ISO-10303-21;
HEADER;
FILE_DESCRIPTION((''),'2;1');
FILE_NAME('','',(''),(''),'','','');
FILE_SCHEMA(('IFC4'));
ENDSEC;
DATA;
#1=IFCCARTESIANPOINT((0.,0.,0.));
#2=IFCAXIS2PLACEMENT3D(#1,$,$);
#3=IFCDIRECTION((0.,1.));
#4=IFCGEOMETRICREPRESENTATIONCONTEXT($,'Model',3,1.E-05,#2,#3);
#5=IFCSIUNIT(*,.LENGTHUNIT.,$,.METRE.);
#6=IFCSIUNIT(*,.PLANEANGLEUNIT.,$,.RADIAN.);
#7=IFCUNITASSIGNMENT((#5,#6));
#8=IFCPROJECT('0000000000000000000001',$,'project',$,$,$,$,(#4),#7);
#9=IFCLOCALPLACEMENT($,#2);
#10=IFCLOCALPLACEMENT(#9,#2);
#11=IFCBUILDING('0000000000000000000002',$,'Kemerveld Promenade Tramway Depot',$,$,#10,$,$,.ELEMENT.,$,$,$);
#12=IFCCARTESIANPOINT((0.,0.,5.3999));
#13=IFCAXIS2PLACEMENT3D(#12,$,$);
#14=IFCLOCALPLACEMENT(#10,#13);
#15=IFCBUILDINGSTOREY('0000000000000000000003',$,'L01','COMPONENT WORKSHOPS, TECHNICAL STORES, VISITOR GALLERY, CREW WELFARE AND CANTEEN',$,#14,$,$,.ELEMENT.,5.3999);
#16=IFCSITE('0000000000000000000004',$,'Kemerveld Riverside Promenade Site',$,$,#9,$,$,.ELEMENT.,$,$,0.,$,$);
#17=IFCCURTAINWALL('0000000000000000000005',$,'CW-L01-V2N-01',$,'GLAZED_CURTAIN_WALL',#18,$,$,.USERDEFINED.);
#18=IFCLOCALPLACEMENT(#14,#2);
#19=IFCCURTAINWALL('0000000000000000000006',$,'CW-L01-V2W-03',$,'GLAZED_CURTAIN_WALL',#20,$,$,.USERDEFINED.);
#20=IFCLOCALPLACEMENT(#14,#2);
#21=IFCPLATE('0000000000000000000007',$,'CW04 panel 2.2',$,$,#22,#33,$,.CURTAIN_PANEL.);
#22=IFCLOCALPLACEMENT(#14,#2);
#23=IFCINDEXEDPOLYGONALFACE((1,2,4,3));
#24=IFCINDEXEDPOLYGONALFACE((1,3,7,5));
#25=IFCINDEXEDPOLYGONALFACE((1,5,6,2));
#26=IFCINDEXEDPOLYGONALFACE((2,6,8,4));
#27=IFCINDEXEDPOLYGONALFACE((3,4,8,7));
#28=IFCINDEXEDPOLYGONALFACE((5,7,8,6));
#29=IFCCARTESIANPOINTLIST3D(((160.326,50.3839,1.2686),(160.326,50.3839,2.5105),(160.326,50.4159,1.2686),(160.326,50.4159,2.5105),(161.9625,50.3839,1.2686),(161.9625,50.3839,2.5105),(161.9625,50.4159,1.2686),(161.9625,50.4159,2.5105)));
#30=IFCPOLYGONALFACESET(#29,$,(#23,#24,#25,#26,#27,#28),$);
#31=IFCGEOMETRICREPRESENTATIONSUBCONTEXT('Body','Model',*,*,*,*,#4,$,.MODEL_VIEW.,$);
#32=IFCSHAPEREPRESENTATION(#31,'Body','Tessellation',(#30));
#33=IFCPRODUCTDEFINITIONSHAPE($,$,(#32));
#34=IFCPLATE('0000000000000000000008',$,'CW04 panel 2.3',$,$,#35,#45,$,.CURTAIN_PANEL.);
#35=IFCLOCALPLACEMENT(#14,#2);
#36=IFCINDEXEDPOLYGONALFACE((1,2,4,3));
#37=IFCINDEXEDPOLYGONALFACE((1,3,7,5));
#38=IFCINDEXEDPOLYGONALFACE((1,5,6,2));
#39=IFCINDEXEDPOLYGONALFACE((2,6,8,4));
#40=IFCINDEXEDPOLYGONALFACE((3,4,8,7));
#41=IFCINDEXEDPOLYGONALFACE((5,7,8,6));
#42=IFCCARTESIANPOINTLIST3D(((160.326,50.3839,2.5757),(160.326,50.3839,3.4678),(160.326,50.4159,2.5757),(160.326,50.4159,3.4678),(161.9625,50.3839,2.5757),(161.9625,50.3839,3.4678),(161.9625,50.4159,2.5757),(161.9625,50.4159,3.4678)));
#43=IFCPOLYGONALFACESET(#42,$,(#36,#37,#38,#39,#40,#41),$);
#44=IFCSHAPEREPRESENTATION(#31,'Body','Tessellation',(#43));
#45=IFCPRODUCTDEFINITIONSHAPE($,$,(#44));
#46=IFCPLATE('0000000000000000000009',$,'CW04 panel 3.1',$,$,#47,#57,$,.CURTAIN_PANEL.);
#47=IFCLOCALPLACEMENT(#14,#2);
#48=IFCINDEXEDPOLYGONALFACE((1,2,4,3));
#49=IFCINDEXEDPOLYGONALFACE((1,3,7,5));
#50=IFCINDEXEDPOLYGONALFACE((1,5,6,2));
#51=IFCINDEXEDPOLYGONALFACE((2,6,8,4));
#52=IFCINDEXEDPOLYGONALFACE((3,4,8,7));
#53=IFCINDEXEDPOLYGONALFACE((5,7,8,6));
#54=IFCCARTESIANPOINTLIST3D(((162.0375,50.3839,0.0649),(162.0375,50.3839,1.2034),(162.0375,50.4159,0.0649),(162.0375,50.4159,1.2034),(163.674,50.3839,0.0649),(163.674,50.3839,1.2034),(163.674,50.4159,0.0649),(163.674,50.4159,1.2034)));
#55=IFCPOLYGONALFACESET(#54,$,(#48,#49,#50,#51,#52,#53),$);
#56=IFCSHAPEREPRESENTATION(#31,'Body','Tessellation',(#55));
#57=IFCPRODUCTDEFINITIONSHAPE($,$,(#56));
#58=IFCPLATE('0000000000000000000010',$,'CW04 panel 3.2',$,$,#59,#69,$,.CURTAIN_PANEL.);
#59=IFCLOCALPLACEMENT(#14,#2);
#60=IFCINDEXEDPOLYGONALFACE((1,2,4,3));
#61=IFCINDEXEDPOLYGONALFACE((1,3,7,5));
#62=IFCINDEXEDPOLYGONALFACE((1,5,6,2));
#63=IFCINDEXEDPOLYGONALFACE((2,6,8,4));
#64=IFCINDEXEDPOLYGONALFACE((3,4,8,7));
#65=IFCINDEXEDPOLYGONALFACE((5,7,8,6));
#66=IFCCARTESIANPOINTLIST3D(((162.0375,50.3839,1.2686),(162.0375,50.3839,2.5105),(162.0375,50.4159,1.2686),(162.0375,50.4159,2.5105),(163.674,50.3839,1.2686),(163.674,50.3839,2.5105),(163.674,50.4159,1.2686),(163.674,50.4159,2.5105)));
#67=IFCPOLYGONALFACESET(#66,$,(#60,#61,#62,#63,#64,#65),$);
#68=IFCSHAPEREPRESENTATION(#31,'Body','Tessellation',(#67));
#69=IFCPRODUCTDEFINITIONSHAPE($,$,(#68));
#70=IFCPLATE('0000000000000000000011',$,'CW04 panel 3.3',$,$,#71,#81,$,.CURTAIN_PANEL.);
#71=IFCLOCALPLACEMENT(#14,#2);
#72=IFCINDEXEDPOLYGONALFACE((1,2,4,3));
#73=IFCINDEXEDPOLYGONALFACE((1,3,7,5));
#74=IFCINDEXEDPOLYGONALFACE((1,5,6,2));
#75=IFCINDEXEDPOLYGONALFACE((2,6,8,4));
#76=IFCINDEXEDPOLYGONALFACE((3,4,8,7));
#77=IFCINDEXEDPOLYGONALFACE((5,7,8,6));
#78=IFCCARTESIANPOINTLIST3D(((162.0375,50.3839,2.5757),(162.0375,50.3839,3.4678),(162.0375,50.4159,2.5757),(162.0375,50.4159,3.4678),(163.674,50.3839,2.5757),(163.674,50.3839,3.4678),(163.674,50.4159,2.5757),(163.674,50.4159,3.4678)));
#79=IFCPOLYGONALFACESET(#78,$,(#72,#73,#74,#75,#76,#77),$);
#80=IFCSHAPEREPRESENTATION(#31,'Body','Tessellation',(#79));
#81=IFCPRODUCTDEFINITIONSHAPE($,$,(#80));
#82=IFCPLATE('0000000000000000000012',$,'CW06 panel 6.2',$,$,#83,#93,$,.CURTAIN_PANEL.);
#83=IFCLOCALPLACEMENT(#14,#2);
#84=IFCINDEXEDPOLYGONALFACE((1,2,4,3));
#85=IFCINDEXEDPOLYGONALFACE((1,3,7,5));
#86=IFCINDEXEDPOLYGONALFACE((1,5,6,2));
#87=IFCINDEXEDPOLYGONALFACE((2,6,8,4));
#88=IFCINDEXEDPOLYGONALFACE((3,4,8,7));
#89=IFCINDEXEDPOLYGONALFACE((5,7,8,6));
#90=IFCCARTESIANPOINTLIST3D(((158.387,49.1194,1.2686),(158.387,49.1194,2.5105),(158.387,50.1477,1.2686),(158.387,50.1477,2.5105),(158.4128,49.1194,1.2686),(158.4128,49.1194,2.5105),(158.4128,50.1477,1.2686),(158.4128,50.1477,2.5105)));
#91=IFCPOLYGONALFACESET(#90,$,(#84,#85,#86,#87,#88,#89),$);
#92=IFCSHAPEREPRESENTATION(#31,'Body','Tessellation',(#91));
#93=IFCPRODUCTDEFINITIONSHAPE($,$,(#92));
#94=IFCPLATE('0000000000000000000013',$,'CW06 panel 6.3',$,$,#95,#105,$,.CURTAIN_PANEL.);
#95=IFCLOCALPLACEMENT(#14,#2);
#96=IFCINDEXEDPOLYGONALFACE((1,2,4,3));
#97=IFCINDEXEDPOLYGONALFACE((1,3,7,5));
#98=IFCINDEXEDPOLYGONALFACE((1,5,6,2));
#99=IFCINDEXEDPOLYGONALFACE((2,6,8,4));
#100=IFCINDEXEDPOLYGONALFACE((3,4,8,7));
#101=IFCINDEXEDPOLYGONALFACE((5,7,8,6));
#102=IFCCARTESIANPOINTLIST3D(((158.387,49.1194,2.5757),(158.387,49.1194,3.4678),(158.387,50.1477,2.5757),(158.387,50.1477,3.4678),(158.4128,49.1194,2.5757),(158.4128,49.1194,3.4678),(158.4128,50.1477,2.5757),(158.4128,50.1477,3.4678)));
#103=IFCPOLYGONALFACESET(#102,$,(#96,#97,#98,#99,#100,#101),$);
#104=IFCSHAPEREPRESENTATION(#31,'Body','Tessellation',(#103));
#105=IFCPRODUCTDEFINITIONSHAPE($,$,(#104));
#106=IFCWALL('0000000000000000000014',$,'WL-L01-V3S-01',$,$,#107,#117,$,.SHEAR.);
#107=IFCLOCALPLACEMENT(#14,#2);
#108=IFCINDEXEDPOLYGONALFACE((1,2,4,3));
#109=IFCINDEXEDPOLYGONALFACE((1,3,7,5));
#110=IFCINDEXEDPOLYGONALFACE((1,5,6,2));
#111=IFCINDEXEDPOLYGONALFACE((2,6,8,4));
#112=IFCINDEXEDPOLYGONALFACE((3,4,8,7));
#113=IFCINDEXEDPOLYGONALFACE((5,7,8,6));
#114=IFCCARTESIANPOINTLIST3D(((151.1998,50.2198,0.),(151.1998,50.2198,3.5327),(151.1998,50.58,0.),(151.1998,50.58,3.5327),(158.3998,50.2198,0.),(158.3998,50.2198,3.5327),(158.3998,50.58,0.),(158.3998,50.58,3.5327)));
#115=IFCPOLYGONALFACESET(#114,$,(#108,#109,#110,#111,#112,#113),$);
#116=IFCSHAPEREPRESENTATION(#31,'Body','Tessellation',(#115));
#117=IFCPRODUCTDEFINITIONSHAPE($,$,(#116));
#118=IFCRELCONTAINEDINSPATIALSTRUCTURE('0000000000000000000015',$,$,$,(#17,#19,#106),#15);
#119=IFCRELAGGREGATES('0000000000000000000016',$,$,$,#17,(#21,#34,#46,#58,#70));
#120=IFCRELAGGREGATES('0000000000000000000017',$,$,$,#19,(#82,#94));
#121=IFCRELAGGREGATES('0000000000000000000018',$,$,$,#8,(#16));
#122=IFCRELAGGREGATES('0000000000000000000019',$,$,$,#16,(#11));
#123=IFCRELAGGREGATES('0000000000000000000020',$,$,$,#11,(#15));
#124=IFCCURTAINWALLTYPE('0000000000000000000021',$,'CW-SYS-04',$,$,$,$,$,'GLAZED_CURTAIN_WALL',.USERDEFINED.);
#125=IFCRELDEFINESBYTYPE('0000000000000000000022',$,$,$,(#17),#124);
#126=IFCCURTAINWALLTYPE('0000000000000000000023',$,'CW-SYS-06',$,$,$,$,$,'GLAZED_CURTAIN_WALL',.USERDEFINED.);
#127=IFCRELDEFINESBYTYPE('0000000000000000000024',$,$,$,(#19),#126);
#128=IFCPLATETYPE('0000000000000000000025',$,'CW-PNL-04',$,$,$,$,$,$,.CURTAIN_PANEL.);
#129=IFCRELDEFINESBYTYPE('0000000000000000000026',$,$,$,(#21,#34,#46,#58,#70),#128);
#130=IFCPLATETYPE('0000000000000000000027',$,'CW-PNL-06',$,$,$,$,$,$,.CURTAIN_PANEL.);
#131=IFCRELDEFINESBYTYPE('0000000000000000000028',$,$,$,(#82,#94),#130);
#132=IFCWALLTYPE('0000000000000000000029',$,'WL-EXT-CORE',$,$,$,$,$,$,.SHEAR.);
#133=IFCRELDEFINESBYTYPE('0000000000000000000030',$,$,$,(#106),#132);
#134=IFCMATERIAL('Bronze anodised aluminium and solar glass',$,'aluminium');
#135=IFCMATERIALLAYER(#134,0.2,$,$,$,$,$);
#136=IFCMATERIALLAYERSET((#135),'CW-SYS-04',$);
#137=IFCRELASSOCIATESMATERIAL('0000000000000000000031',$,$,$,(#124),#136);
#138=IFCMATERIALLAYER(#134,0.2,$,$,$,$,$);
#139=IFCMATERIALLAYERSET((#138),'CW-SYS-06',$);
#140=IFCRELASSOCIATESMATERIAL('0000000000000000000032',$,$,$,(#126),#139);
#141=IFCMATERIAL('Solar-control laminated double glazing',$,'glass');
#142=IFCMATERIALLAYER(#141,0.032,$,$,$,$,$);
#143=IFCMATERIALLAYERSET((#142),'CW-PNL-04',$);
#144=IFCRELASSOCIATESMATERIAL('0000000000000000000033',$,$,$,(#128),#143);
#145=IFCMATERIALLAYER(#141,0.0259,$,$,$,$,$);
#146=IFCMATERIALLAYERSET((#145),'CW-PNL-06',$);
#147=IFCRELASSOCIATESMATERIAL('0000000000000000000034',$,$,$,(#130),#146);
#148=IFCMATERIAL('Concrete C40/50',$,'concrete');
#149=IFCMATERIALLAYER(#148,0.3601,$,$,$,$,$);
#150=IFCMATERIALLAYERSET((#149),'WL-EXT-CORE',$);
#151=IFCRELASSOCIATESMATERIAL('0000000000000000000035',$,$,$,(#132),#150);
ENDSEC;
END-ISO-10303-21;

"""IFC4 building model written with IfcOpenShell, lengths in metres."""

from ifc_helpers import new_model, si_unit, direction, frame, frame_2d, origin, origin_2d, place, context, subcontext, project, spatial, rectangle, extrude, material, layer, layer_set, type_object, element, aggregate, save


model = new_model("IFC4")

# Units and contexts
model_context = context("Model", 3, precision=1e-05, world=origin(), true_north=direction((0.0, 1.0)))
body_context = subcontext(model_context, "Body", "Model", "MODEL_VIEW")
ifc_project = project(units=[si_unit("LENGTHUNIT", "METRE"), si_unit("PLANEANGLEUNIT", "RADIAN")], contexts=[model_context])

# Site, building, storey
site_placement = place(None, origin())
site = spatial("IfcSite", under=ifc_project, at=site_placement, Name="Kemerveld Riverside Promenade Site", CompositionType="ELEMENT", RefElevation=0.0)
building_placement = place(site_placement, origin())
building = spatial("IfcBuilding", under=site, at=building_placement, Name="Kemerveld Promenade Tramway Depot", CompositionType="ELEMENT")
storey_placement = place(building_placement, frame((0.0, 0.0, 5.3999)))
storey = spatial("IfcBuildingStorey", under=building, at=storey_placement, Name="L01", Description="COMPONENT WORKSHOPS, TECHNICAL STORES, VISITOR GALLERY, CREW WELFARE AND CANTEEN", CompositionType="ELEMENT", Elevation=5.3999)

# Curtain wall
ifc_material_1 = material(Name="Bronze anodised aluminium and solar glass", Category="aluminium")
ifc_layer_1 = layer(ifc_material_1, 0.2)
ifc_layer_set_1 = layer_set([ifc_layer_1], Name="CW-SYS-04")
curtain_wall_type_1 = type_object("IfcCurtainWallType", Name="CW-SYS-04", ElementType="GLAZED_CURTAIN_WALL", PredefinedType="USERDEFINED", material=ifc_layer_set_1)
curtain_wall_1_placement = place(storey_placement, origin())
curtain_wall_1 = element("IfcCurtainWall", 1, at=curtain_wall_1_placement, inside=storey, type_object=curtain_wall_type_1, Name="CW-L01-V2N-01", ObjectType="GLAZED_CURTAIN_WALL", PredefinedType="USERDEFINED")

# Curtain wall
ifc_layer_2 = layer(ifc_material_1, 0.2)
ifc_layer_set_2 = layer_set([ifc_layer_2], Name="CW-SYS-06")
curtain_wall_type_2 = type_object("IfcCurtainWallType", Name="CW-SYS-06", ElementType="GLAZED_CURTAIN_WALL", PredefinedType="USERDEFINED", material=ifc_layer_set_2)
curtain_wall_2_placement = place(storey_placement, origin())
curtain_wall_2 = element("IfcCurtainWall", 2, at=curtain_wall_2_placement, inside=storey, type_object=curtain_wall_type_2, Name="CW-L01-V2W-03", ObjectType="GLAZED_CURTAIN_WALL", PredefinedType="USERDEFINED")

# Plates
ifc_material_2 = material(Name="Solar-control laminated double glazing", Category="glass")
ifc_layer_3 = layer(ifc_material_2, 0.032)
ifc_layer_set_3 = layer_set([ifc_layer_3], Name="CW-PNL-04")
plate_type_1 = type_object("IfcPlateType", Name="CW-PNL-04", PredefinedType="CURTAIN_PANEL", material=ifc_layer_set_3)
plate_1_placement = place(storey_placement, frame((161.1443, 50.3999, 1.2686), z_axis=(0.0, 0.0, 1.0), x_axis=(1.0, 0.0, 0.0)))
plate_1 = element("IfcPlate", 3, at=plate_1_placement, type_object=plate_type_1, Name="CW04 panel 2.2", PredefinedType="CURTAIN_PANEL", context=body_context, shape_type="SweptSolid", body=[
    extrude(rectangle(XDim=1.6365, YDim=0.032, at=origin_2d()), origin(), (0.0, 0.0, 1.0), 1.2419),
])
plate_2_placement = place(storey_placement, frame((161.1443, 50.3999, 2.5757), z_axis=(0.0, 0.0, 1.0), x_axis=(1.0, 0.0, 0.0)))
plate_2 = element("IfcPlate", 4, at=plate_2_placement, type_object=plate_type_1, Name="CW04 panel 2.3", PredefinedType="CURTAIN_PANEL", context=body_context, shape_type="SweptSolid", body=[
    extrude(rectangle(XDim=1.6365, YDim=0.032, at=origin_2d()), origin(), (0.0, 0.0, 1.0), 0.8921),
])
plate_3_placement = place(storey_placement, frame((162.8557, 50.3999, 0.0649), z_axis=(0.0, 0.0, 1.0), x_axis=(1.0, 0.0, 0.0)))
plate_3 = element("IfcPlate", 5, at=plate_3_placement, type_object=plate_type_1, Name="CW04 panel 3.1", PredefinedType="CURTAIN_PANEL", context=body_context, shape_type="SweptSolid", body=[
    extrude(rectangle(XDim=1.6365, YDim=0.032, at=origin_2d()), origin(), (0.0, 0.0, 1.0), 1.1384),
])
plate_4_placement = place(storey_placement, frame((162.8557, 50.3999, 1.2686), z_axis=(0.0, 0.0, 1.0), x_axis=(1.0, 0.0, 0.0)))
plate_4 = element("IfcPlate", 6, at=plate_4_placement, type_object=plate_type_1, Name="CW04 panel 3.2", PredefinedType="CURTAIN_PANEL", context=body_context, shape_type="SweptSolid", body=[
    extrude(rectangle(XDim=1.6365, YDim=0.032, at=origin_2d()), origin(), (0.0, 0.0, 1.0), 1.2419),
])
plate_5_placement = place(storey_placement, frame((162.8557, 50.3999, 2.5757), z_axis=(0.0, 0.0, 1.0), x_axis=(1.0, 0.0, 0.0)))
plate_5 = element("IfcPlate", 7, at=plate_5_placement, type_object=plate_type_1, Name="CW04 panel 3.3", PredefinedType="CURTAIN_PANEL", context=body_context, shape_type="SweptSolid", body=[
    extrude(rectangle(XDim=1.6365, YDim=0.032, at=origin_2d()), origin(), (0.0, 0.0, 1.0), 0.8921),
])
aggregate(curtain_wall_1, [plate_1, plate_2, plate_3, plate_4, plate_5])
ifc_layer_4 = layer(ifc_material_2, 0.0259)
ifc_layer_set_4 = layer_set([ifc_layer_4], Name="CW-PNL-06")
plate_type_2 = type_object("IfcPlateType", Name="CW-PNL-06", PredefinedType="CURTAIN_PANEL", material=ifc_layer_set_4)
plate_6_placement = place(storey_placement, frame((158.3999, 49.6335, 1.2686), z_axis=(0.0, 0.0, 1.0), x_axis=(0.0, 1.0, 0.0)))
plate_6 = element("IfcPlate", 8, at=plate_6_placement, type_object=plate_type_2, Name="CW06 panel 6.2", PredefinedType="CURTAIN_PANEL", context=body_context, shape_type="SweptSolid", body=[
    extrude(rectangle(XDim=1.0283, YDim=0.0259, at=origin_2d()), origin(), (0.0, 0.0, 1.0), 1.2419),
])
plate_7_placement = place(storey_placement, frame((158.3999, 49.6335, 2.5757), z_axis=(0.0, 0.0, 1.0), x_axis=(0.0, 1.0, 0.0)))
plate_7 = element("IfcPlate", 9, at=plate_7_placement, type_object=plate_type_2, Name="CW06 panel 6.3", PredefinedType="CURTAIN_PANEL", context=body_context, shape_type="SweptSolid", body=[
    extrude(rectangle(XDim=1.0283, YDim=0.0259, at=origin_2d()), origin(), (0.0, 0.0, 1.0), 0.8921),
])
aggregate(curtain_wall_2, [plate_6, plate_7])

# Wall
ifc_material_3 = material(Name="Concrete C40/50", Category="concrete")
ifc_layer_5 = layer(ifc_material_3, 0.3601)
ifc_layer_set_5 = layer_set([ifc_layer_5], Name="WL-EXT-CORE")
wall_type = type_object("IfcWallType", Name="WL-EXT-CORE", PredefinedType="SHEAR", material=ifc_layer_set_5)
wall_placement = place(storey_placement, frame((158.3999, 50.3999, 0.0), z_axis=(0.0, 0.0, 1.0), x_axis=(-1.0, 0.0, 0.0)))
element("IfcWall", 10, at=wall_placement, inside=storey, type_object=wall_type, Name="WL-L01-V3S-01", PredefinedType="SHEAR", context=body_context, shape_type="SweptSolid", body=[
    extrude(rectangle(XDim=7.2, YDim=0.3601, at=frame_2d((3.6001, 0.0))), origin(), (0.0, 0.0, 1.0), 3.5327),
])

save(model, "model.ifc")
